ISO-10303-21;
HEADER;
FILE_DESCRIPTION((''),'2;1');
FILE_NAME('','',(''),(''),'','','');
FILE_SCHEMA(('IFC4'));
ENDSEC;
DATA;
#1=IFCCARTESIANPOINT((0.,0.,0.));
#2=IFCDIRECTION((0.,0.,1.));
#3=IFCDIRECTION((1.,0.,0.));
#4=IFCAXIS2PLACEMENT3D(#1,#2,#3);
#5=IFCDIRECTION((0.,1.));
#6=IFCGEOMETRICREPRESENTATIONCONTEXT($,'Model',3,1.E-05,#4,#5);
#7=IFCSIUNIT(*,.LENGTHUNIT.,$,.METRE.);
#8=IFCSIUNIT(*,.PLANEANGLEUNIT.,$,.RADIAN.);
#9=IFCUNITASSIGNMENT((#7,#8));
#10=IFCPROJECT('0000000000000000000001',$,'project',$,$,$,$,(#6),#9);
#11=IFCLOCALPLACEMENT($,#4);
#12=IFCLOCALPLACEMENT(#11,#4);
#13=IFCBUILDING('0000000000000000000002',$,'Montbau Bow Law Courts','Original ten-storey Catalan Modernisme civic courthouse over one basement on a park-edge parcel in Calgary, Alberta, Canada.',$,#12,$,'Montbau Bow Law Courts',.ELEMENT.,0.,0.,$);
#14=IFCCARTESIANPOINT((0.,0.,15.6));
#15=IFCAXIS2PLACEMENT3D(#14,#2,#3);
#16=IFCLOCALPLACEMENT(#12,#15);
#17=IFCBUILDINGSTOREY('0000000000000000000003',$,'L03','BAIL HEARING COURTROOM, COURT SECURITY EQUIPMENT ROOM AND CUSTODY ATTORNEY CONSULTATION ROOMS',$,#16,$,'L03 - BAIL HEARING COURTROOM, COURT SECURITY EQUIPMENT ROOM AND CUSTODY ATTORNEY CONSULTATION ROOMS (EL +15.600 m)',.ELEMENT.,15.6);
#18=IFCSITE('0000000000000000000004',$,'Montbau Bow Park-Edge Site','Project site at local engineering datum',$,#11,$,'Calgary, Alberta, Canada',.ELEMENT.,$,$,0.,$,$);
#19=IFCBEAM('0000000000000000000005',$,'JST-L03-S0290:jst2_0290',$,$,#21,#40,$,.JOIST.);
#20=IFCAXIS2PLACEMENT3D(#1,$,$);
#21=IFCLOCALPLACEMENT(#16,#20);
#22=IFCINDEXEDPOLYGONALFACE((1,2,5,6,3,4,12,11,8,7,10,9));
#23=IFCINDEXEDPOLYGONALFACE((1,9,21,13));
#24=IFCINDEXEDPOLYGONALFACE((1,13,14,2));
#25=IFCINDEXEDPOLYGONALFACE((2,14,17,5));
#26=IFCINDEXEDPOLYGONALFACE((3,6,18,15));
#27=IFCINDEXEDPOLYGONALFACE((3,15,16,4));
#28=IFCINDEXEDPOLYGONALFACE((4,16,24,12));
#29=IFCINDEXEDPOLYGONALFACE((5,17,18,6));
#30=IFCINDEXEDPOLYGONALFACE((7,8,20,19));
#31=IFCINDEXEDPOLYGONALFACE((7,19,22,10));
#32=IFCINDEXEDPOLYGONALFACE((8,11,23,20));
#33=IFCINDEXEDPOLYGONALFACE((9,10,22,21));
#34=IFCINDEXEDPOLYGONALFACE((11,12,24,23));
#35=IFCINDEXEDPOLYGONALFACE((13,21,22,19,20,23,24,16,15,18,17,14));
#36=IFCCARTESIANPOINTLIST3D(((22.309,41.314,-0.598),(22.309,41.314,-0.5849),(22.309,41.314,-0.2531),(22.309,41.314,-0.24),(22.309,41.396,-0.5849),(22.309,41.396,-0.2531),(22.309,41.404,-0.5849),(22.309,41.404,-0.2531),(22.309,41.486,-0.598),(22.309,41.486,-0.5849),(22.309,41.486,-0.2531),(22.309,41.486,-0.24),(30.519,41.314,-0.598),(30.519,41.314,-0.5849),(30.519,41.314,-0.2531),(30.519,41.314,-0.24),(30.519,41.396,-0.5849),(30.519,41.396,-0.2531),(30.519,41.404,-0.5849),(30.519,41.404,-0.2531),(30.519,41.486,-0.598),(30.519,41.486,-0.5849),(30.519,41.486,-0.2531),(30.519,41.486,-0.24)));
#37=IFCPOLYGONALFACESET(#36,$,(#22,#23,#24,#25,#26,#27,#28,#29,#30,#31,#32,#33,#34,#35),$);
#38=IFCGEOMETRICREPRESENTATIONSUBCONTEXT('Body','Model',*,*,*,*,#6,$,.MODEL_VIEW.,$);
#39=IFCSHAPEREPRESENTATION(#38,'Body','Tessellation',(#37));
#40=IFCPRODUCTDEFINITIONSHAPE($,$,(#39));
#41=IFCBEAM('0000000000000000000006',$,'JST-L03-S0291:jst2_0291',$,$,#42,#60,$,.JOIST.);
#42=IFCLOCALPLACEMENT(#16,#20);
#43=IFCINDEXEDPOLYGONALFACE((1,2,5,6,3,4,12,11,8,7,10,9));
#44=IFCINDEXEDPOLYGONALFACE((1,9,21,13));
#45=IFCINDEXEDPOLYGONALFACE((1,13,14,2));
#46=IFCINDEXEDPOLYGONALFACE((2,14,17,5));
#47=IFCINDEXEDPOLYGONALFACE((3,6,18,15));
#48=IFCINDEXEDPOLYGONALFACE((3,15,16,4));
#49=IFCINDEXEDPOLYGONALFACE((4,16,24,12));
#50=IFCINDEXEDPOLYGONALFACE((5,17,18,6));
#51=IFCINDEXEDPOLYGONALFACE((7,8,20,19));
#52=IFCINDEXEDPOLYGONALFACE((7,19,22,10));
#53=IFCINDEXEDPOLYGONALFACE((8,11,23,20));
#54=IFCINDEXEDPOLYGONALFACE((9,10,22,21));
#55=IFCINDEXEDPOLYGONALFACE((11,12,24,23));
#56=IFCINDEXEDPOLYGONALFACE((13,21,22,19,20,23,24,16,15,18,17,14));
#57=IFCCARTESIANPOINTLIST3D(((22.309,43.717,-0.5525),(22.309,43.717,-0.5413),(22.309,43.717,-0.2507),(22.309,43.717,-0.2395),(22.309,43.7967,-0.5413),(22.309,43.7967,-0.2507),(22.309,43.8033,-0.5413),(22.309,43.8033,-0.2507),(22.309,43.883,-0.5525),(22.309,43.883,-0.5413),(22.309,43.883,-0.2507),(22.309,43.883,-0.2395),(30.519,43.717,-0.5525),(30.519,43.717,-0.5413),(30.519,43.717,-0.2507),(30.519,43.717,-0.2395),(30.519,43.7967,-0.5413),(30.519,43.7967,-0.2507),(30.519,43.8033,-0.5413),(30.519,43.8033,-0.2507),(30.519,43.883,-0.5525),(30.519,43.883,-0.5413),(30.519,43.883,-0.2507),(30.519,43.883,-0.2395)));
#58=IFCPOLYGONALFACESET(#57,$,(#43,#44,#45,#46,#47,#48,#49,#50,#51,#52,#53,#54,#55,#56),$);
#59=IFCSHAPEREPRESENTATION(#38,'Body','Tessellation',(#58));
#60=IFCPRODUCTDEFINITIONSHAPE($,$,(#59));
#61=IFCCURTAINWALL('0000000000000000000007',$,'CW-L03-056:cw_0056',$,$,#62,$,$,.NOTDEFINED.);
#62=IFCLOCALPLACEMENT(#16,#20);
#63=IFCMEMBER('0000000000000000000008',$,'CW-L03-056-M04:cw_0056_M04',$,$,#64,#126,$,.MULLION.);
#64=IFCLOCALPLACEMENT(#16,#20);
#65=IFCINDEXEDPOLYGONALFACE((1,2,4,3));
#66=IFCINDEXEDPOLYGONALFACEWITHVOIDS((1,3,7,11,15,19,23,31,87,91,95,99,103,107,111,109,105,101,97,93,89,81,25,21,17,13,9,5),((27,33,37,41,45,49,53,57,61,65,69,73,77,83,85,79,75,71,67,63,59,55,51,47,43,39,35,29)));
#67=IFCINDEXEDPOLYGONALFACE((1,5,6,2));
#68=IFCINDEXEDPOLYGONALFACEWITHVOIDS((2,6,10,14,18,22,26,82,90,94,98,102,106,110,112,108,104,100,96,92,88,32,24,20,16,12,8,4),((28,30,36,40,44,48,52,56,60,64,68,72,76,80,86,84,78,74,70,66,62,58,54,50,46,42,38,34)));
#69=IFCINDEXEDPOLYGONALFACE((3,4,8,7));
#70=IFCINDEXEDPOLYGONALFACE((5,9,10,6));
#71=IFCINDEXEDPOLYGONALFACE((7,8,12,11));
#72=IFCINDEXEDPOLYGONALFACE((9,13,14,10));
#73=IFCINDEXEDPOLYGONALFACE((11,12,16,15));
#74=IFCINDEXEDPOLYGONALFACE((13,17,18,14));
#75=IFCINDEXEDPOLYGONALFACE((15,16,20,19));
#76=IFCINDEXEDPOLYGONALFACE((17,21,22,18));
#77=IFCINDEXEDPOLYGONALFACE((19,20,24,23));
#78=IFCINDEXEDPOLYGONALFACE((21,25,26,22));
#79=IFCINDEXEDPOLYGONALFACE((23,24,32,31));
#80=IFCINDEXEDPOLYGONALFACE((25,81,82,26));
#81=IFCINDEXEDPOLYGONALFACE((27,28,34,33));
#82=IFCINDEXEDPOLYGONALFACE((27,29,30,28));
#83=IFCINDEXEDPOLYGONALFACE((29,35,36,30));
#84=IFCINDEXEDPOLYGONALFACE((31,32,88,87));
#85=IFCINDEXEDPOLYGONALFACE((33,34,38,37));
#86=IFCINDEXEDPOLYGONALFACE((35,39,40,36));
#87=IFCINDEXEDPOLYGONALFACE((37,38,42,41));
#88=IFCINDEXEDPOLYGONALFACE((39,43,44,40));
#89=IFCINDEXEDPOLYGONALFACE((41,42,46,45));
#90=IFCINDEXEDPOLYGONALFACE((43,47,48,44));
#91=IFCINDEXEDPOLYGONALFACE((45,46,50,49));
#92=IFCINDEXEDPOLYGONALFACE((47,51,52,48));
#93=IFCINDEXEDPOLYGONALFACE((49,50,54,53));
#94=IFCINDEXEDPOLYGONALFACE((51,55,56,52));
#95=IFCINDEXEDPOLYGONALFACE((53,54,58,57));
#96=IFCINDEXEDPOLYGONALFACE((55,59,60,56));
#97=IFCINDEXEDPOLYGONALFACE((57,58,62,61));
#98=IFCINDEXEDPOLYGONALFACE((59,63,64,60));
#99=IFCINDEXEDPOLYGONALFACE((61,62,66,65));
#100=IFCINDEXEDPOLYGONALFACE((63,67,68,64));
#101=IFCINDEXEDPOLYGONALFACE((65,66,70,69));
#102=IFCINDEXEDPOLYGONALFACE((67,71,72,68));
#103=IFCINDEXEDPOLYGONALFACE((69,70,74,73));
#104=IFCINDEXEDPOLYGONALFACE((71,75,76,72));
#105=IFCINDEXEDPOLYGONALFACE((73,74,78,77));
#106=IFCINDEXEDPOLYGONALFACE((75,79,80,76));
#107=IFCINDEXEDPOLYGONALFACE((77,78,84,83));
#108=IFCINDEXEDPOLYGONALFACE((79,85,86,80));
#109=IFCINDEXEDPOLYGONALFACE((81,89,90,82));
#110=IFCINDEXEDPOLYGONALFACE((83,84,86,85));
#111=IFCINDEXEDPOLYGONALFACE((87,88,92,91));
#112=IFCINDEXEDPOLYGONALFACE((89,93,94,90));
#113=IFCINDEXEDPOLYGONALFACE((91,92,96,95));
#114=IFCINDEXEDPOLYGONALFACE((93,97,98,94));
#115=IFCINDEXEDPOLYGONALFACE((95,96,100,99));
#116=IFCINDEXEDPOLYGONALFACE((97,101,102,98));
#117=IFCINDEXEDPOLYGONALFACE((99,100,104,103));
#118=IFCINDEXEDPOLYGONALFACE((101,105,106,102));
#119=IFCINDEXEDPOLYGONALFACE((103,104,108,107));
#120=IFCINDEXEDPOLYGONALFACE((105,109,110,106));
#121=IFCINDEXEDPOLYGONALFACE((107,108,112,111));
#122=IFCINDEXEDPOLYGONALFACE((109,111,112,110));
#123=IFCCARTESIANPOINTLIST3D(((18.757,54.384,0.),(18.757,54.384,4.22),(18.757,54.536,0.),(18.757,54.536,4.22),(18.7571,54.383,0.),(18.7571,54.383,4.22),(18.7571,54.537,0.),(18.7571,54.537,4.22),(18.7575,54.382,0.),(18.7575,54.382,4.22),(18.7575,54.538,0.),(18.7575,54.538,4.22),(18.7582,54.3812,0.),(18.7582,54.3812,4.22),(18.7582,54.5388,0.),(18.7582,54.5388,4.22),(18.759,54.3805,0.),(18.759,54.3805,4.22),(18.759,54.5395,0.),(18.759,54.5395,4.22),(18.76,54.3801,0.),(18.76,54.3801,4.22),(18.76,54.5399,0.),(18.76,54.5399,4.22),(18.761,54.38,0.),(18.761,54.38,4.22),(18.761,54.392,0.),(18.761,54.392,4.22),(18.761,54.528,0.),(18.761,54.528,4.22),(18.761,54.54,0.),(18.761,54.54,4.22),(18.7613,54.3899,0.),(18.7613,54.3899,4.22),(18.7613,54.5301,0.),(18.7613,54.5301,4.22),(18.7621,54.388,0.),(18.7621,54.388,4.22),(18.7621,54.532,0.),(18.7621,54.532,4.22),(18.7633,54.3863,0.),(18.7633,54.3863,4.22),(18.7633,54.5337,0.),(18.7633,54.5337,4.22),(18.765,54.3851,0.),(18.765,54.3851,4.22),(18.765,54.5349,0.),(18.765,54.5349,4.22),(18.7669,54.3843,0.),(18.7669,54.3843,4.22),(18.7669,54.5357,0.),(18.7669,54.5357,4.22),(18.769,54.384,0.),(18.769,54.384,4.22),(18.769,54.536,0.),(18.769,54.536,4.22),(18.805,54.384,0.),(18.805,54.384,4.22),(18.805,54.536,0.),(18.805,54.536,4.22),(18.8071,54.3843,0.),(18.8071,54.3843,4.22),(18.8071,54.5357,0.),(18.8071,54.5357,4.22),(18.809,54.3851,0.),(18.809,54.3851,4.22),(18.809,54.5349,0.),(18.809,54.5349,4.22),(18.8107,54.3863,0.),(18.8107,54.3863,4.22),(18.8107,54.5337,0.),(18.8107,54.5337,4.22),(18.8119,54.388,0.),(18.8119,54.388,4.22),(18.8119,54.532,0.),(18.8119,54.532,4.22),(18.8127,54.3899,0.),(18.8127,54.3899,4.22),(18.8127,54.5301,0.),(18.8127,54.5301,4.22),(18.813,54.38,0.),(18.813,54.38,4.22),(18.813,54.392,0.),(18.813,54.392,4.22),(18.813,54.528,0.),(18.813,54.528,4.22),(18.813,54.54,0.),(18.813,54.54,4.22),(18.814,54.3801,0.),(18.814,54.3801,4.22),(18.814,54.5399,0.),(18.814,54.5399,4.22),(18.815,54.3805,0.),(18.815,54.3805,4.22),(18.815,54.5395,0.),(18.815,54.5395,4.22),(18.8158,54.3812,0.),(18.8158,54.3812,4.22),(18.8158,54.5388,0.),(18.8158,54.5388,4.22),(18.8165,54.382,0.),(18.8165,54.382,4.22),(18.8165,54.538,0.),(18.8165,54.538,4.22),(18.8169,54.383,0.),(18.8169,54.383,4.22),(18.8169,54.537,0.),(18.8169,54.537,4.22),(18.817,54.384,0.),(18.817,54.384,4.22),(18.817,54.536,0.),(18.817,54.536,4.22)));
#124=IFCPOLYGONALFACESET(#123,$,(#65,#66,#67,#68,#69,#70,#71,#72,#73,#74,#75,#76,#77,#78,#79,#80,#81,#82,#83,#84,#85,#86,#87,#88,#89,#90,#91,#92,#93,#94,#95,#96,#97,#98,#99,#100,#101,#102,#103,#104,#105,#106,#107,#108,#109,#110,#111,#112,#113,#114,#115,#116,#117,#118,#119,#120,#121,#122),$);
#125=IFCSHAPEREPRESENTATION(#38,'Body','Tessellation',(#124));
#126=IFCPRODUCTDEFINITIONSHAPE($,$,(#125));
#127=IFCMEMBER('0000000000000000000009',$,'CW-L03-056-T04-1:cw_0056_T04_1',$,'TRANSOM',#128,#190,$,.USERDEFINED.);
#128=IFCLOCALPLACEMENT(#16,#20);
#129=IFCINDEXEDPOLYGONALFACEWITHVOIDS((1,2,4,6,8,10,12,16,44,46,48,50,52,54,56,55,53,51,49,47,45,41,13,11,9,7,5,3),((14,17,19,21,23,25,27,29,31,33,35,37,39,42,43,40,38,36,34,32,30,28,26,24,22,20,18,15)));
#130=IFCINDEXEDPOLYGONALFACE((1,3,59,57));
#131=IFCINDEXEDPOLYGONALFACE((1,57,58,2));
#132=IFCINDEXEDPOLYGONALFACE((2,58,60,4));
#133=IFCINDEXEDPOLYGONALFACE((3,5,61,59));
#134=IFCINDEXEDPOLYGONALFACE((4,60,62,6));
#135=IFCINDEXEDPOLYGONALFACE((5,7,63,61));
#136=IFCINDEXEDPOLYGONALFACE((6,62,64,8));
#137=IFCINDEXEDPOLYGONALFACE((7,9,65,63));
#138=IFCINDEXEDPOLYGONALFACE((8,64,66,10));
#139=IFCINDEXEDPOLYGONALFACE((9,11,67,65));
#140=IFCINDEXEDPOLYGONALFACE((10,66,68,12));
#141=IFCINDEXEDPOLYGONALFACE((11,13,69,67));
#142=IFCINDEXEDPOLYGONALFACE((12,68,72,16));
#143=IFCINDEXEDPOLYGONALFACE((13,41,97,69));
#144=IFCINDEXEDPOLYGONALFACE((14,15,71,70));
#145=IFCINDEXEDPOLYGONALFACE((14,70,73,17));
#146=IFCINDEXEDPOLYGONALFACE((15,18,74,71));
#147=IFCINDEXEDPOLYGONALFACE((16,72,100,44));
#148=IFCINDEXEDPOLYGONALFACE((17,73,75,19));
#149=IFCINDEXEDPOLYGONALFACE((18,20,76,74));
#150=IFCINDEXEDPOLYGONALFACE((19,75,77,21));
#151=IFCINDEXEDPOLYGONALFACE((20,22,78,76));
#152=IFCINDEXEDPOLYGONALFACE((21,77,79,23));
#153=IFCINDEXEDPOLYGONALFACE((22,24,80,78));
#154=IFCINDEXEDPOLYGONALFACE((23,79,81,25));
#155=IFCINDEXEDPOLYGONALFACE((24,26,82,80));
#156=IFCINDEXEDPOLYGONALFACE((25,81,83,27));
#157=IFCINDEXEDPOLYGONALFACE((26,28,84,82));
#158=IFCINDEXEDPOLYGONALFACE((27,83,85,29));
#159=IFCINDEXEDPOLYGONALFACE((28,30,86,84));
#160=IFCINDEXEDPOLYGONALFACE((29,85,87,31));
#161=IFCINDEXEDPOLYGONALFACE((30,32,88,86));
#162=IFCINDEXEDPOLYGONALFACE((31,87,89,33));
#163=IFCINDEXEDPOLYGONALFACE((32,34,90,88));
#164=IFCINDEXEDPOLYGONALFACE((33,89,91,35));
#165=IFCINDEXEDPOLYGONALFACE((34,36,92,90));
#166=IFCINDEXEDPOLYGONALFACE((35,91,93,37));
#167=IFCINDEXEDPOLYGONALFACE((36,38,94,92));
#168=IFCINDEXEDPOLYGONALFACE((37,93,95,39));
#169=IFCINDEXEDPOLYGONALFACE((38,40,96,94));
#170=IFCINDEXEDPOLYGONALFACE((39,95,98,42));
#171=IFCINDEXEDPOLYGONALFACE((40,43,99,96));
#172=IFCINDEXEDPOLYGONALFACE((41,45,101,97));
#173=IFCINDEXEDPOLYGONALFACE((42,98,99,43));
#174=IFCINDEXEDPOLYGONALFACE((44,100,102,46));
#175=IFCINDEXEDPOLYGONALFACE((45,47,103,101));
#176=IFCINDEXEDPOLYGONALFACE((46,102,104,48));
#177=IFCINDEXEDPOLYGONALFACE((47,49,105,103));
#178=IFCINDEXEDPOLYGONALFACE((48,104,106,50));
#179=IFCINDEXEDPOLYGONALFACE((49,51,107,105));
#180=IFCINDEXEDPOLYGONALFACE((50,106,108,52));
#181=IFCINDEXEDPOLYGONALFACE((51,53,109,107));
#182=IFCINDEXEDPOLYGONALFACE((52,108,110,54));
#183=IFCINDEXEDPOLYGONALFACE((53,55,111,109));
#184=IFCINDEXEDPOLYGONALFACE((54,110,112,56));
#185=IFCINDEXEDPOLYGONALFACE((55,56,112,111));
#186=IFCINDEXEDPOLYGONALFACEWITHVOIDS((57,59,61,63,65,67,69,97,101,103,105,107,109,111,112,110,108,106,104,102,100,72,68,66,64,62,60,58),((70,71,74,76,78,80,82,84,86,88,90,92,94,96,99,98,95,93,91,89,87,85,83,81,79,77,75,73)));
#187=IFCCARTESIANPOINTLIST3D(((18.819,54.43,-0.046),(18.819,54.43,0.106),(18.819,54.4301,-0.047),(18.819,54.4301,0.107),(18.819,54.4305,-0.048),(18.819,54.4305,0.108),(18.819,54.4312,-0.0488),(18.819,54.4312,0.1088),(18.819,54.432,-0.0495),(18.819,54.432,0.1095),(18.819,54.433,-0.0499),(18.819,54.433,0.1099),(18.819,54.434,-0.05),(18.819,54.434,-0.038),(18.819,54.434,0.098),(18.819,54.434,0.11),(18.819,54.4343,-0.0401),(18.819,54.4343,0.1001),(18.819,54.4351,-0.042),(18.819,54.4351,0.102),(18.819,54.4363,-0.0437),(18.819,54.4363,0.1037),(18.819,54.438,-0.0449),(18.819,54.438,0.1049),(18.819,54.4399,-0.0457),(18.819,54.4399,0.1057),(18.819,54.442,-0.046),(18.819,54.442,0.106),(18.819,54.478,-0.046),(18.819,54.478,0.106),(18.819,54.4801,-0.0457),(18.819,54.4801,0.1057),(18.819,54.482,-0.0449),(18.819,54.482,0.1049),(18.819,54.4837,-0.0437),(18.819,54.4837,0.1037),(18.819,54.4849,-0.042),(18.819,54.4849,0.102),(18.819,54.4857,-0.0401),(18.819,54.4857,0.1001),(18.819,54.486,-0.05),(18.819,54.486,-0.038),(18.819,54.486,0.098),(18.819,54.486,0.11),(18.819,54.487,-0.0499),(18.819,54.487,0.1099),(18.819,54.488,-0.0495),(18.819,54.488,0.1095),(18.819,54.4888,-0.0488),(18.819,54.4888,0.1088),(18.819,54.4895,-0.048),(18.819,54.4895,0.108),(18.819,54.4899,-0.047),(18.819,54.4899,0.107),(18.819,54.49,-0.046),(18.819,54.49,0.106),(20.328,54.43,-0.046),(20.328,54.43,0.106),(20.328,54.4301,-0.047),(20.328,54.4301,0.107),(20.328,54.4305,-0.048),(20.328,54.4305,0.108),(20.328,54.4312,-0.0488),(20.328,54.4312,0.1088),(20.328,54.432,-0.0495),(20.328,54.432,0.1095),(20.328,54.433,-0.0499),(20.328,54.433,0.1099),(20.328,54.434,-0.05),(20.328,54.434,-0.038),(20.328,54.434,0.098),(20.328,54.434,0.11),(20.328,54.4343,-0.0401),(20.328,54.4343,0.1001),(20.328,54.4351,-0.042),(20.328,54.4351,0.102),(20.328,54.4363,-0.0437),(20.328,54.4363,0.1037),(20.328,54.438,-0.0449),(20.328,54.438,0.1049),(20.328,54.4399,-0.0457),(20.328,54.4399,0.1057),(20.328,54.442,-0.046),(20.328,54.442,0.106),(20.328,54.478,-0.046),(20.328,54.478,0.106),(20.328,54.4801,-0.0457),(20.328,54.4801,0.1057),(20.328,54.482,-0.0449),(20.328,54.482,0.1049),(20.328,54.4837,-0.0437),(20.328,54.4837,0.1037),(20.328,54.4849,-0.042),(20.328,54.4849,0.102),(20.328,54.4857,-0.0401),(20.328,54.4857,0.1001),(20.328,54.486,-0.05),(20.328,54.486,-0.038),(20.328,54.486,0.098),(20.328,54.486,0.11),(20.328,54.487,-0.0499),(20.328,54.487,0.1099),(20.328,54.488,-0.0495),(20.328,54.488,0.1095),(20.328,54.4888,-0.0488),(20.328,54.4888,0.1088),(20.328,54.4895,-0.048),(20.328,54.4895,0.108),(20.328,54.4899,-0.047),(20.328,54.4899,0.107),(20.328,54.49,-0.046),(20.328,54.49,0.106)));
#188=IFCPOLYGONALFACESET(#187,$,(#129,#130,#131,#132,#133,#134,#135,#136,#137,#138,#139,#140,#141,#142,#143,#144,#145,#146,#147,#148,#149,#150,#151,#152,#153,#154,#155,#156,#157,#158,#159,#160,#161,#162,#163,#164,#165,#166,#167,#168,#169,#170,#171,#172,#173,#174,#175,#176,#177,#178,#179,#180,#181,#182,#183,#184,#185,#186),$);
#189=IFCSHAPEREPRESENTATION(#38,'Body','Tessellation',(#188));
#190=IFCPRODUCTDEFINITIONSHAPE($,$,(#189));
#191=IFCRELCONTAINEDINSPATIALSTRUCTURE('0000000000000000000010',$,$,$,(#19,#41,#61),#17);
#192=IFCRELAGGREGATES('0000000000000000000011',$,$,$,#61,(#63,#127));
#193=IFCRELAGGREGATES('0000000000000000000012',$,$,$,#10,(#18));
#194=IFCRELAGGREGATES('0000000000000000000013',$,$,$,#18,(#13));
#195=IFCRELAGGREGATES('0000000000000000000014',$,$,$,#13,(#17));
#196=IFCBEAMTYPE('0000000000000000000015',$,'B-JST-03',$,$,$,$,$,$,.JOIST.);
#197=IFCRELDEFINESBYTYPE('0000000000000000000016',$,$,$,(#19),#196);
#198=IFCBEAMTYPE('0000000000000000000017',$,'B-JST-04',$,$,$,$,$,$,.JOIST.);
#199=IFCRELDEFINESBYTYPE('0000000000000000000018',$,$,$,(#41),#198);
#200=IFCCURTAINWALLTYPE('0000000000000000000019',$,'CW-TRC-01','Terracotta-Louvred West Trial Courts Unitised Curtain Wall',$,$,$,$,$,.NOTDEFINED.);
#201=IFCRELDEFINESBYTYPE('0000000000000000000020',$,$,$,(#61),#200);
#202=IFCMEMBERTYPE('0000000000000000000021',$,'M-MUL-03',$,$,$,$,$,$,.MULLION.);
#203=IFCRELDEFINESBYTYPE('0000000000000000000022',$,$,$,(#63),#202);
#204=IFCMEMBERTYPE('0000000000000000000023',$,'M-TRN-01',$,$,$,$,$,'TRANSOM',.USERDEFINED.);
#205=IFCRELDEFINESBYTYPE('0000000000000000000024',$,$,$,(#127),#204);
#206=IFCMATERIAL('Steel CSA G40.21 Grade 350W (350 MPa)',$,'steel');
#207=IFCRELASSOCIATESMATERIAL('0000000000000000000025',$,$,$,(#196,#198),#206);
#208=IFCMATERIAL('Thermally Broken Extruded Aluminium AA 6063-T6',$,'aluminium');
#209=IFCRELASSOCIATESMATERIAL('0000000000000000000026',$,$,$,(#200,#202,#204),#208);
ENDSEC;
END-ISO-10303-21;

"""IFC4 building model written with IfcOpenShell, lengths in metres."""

from ifc_helpers import new_model, si_unit, direction, frame, origin_with_axes, origin_2d_with_axis, place, context, subcontext, project, spatial, hollow_rectangle, i_section, extrude, material, material_profile, profile_set, type_object, element, aggregate, save


model = new_model("IFC4")

# Units and contexts
model_context = context("Model", 3, precision=1e-05, world=origin_with_axes(), true_north=direction((0.0, 1.0)))
body_context = subcontext(model_context, "Body", "Model", "MODEL_VIEW")
ifc_project = project(units=[si_unit("LENGTHUNIT", "METRE"), si_unit("PLANEANGLEUNIT", "RADIAN")], contexts=[model_context])

# Site, building, storey
site_placement = place(None, origin_with_axes())
site = spatial("IfcSite", under=ifc_project, at=site_placement, Name="Montbau Bow Park-Edge Site", Description="Project site at local engineering datum", LongName="Calgary, Alberta, Canada", CompositionType="ELEMENT", RefElevation=0.0)
building_placement = place(site_placement, origin_with_axes())
building = spatial("IfcBuilding", under=site, at=building_placement, Name="Montbau Bow Law Courts", Description="Original ten-storey Catalan Modernisme civic courthouse over one basement on a park-edge parcel in Calgary, Alberta, Canada.", LongName="Montbau Bow Law Courts", CompositionType="ELEMENT", ElevationOfRefHeight=0.0, ElevationOfTerrain=0.0)
storey_placement = place(building_placement, frame((0.0, 0.0, 15.6), z_axis=(0.0, 0.0, 1.0), x_axis=(1.0, 0.0, 0.0)))
storey = spatial("IfcBuildingStorey", under=building, at=storey_placement, Name="L03", Description="BAIL HEARING COURTROOM, COURT SECURITY EQUIPMENT ROOM AND CUSTODY ATTORNEY CONSULTATION ROOMS", LongName="L03 - BAIL HEARING COURTROOM, COURT SECURITY EQUIPMENT ROOM AND CUSTODY ATTORNEY CONSULTATION ROOMS (EL +15.600 m)", CompositionType="ELEMENT", Elevation=15.6)

# Shared definitions
ifc_material_1 = material(Name="Steel CSA G40.21 Grade 350W (350 MPa)", Category="steel")

# Beams
ifc_material_profile_1 = material_profile(ifc_material_1, i_section(OverallWidth=0.172, OverallDepth=0.358, WebThickness=0.0079, FlangeThickness=0.0131, at=origin_2d_with_axis()), Name="W360X57", Category="Main", Priority=0)
ifc_profile_set_1 = profile_set([ifc_material_profile_1], Name="Steel CSA G40.21 Grade 350W (350 MPa)")
beam_type_1 = type_object("IfcBeamType", Name="B-JST-03", PredefinedType="JOIST", material=ifc_profile_set_1)
beam_1_placement = place(None, frame((22.309, 41.4, 15.181), z_axis=(1.0, 0.0, 0.0), x_axis=(0.0, 1.0, 0.0)))
element("IfcBeam", 1, at=beam_1_placement, inside=storey, type_object=beam_type_1, Name="JST-L03-S0290:jst2_0290", PredefinedType="JOIST", context=body_context, shape_type="SweptSolid", body=[
    extrude(i_section(OverallWidth=0.172, OverallDepth=0.358, WebThickness=0.0079, FlangeThickness=0.0131, at=origin_2d_with_axis()), origin_with_axes(), (0.0, 0.0, 1.0), 8.21),
])
ifc_material_profile_2 = material_profile(ifc_material_1, i_section(OverallWidth=0.166, OverallDepth=0.313, WebThickness=0.0066, FlangeThickness=0.0112, at=origin_2d_with_axis()), Name="W310X45", Category="Main", Priority=0)
ifc_profile_set_2 = profile_set([ifc_material_profile_2], Name="Steel CSA G40.21 Grade 350W (350 MPa)")
beam_type_2 = type_object("IfcBeamType", Name="B-JST-04", PredefinedType="JOIST", material=ifc_profile_set_2)
beam_2_placement = place(None, frame((22.309, 43.8, 15.204), z_axis=(1.0, 0.0, 0.0), x_axis=(0.0, 1.0, 0.0)))
element("IfcBeam", 2, at=beam_2_placement, inside=storey, type_object=beam_type_2, Name="JST-L03-S0291:jst2_0291", PredefinedType="JOIST", context=body_context, shape_type="SweptSolid", body=[
    extrude(i_section(OverallWidth=0.166, OverallDepth=0.313, WebThickness=0.0066, FlangeThickness=0.0112, at=origin_2d_with_axis()), origin_with_axes(), (0.0, 0.0, 1.0), 8.21),
])

# Curtain wall, members
ifc_material_2 = material(Name="Thermally Broken Extruded Aluminium AA 6063-T6", Category="aluminium")
curtain_wall_type = type_object("IfcCurtainWallType", Name="CW-TRC-01", Description="Terracotta-Louvred West Trial Courts Unitised Curtain Wall", PredefinedType="NOTDEFINED", material=ifc_material_2)
curtain_wall_placement = place(None, frame((14.068, 54.46, 15.6), z_axis=(0.0, 0.0, 1.0), x_axis=(1.0, 0.0, 0.0)))
curtain_wall = element("IfcCurtainWall", 3, at=curtain_wall_placement, inside=storey, type_object=curtain_wall_type, Name="CW-L03-056:cw_0056", PredefinedType="NOTDEFINED")
ifc_material_profile_3 = material_profile(ifc_material_2, hollow_rectangle(XDim=0.06, YDim=0.16, WallThickness=0.004, InnerFilletRadius=0.008, OuterFilletRadius=0.004, at=origin_2d_with_axis()), Name="CWM-160X60", Category="Main", Priority=0)
ifc_profile_set_3 = profile_set([ifc_material_profile_3], Name="Thermally Broken Extruded Aluminium AA 6063-T6")
member_type_1 = type_object("IfcMemberType", Name="M-MUL-03", PredefinedType="MULLION", material=ifc_profile_set_3)
member_1_placement = place(None, frame((18.787, 54.46, 15.6), z_axis=(0.0, 0.0, 1.0), x_axis=(1.0, 0.0, 0.0)))
member_1 = element("IfcMember", 4, at=member_1_placement, type_object=member_type_1, Name="CW-L03-056-M04:cw_0056_M04", PredefinedType="MULLION", context=body_context, shape_type="SweptSolid", body=[
    extrude(hollow_rectangle(XDim=0.06, YDim=0.16, WallThickness=0.004, InnerFilletRadius=0.008, OuterFilletRadius=0.004, at=origin_2d_with_axis()), origin_with_axes(), (0.0, 0.0, 1.0), 4.22),
])
ifc_material_profile_4 = material_profile(ifc_material_2, hollow_rectangle(XDim=0.06, YDim=0.16, WallThickness=0.004, InnerFilletRadius=0.008, OuterFilletRadius=0.004, at=origin_2d_with_axis()), Name="CWT-160X60", Category="Main", Priority=0)
ifc_profile_set_4 = profile_set([ifc_material_profile_4], Name="Thermally Broken Extruded Aluminium AA 6063-T6")
member_type_2 = type_object("IfcMemberType", Name="M-TRN-01", ElementType="TRANSOM", PredefinedType="USERDEFINED", material=ifc_profile_set_4)
member_2_placement = place(None, frame((18.819, 54.46, 15.63), z_axis=(1.0, 0.0, 0.0), x_axis=(0.0, 1.0, 0.0)))
member_2 = element("IfcMember", 5, at=member_2_placement, type_object=member_type_2, Name="CW-L03-056-T04-1:cw_0056_T04_1", ObjectType="TRANSOM", PredefinedType="USERDEFINED", context=body_context, shape_type="SweptSolid", body=[
    extrude(hollow_rectangle(XDim=0.06, YDim=0.16, WallThickness=0.004, InnerFilletRadius=0.008, OuterFilletRadius=0.004, at=origin_2d_with_axis()), origin_with_axes(), (0.0, 0.0, 1.0), 1.509),
])
aggregate(curtain_wall, [member_1, member_2])

save(model, "model.ifc")
